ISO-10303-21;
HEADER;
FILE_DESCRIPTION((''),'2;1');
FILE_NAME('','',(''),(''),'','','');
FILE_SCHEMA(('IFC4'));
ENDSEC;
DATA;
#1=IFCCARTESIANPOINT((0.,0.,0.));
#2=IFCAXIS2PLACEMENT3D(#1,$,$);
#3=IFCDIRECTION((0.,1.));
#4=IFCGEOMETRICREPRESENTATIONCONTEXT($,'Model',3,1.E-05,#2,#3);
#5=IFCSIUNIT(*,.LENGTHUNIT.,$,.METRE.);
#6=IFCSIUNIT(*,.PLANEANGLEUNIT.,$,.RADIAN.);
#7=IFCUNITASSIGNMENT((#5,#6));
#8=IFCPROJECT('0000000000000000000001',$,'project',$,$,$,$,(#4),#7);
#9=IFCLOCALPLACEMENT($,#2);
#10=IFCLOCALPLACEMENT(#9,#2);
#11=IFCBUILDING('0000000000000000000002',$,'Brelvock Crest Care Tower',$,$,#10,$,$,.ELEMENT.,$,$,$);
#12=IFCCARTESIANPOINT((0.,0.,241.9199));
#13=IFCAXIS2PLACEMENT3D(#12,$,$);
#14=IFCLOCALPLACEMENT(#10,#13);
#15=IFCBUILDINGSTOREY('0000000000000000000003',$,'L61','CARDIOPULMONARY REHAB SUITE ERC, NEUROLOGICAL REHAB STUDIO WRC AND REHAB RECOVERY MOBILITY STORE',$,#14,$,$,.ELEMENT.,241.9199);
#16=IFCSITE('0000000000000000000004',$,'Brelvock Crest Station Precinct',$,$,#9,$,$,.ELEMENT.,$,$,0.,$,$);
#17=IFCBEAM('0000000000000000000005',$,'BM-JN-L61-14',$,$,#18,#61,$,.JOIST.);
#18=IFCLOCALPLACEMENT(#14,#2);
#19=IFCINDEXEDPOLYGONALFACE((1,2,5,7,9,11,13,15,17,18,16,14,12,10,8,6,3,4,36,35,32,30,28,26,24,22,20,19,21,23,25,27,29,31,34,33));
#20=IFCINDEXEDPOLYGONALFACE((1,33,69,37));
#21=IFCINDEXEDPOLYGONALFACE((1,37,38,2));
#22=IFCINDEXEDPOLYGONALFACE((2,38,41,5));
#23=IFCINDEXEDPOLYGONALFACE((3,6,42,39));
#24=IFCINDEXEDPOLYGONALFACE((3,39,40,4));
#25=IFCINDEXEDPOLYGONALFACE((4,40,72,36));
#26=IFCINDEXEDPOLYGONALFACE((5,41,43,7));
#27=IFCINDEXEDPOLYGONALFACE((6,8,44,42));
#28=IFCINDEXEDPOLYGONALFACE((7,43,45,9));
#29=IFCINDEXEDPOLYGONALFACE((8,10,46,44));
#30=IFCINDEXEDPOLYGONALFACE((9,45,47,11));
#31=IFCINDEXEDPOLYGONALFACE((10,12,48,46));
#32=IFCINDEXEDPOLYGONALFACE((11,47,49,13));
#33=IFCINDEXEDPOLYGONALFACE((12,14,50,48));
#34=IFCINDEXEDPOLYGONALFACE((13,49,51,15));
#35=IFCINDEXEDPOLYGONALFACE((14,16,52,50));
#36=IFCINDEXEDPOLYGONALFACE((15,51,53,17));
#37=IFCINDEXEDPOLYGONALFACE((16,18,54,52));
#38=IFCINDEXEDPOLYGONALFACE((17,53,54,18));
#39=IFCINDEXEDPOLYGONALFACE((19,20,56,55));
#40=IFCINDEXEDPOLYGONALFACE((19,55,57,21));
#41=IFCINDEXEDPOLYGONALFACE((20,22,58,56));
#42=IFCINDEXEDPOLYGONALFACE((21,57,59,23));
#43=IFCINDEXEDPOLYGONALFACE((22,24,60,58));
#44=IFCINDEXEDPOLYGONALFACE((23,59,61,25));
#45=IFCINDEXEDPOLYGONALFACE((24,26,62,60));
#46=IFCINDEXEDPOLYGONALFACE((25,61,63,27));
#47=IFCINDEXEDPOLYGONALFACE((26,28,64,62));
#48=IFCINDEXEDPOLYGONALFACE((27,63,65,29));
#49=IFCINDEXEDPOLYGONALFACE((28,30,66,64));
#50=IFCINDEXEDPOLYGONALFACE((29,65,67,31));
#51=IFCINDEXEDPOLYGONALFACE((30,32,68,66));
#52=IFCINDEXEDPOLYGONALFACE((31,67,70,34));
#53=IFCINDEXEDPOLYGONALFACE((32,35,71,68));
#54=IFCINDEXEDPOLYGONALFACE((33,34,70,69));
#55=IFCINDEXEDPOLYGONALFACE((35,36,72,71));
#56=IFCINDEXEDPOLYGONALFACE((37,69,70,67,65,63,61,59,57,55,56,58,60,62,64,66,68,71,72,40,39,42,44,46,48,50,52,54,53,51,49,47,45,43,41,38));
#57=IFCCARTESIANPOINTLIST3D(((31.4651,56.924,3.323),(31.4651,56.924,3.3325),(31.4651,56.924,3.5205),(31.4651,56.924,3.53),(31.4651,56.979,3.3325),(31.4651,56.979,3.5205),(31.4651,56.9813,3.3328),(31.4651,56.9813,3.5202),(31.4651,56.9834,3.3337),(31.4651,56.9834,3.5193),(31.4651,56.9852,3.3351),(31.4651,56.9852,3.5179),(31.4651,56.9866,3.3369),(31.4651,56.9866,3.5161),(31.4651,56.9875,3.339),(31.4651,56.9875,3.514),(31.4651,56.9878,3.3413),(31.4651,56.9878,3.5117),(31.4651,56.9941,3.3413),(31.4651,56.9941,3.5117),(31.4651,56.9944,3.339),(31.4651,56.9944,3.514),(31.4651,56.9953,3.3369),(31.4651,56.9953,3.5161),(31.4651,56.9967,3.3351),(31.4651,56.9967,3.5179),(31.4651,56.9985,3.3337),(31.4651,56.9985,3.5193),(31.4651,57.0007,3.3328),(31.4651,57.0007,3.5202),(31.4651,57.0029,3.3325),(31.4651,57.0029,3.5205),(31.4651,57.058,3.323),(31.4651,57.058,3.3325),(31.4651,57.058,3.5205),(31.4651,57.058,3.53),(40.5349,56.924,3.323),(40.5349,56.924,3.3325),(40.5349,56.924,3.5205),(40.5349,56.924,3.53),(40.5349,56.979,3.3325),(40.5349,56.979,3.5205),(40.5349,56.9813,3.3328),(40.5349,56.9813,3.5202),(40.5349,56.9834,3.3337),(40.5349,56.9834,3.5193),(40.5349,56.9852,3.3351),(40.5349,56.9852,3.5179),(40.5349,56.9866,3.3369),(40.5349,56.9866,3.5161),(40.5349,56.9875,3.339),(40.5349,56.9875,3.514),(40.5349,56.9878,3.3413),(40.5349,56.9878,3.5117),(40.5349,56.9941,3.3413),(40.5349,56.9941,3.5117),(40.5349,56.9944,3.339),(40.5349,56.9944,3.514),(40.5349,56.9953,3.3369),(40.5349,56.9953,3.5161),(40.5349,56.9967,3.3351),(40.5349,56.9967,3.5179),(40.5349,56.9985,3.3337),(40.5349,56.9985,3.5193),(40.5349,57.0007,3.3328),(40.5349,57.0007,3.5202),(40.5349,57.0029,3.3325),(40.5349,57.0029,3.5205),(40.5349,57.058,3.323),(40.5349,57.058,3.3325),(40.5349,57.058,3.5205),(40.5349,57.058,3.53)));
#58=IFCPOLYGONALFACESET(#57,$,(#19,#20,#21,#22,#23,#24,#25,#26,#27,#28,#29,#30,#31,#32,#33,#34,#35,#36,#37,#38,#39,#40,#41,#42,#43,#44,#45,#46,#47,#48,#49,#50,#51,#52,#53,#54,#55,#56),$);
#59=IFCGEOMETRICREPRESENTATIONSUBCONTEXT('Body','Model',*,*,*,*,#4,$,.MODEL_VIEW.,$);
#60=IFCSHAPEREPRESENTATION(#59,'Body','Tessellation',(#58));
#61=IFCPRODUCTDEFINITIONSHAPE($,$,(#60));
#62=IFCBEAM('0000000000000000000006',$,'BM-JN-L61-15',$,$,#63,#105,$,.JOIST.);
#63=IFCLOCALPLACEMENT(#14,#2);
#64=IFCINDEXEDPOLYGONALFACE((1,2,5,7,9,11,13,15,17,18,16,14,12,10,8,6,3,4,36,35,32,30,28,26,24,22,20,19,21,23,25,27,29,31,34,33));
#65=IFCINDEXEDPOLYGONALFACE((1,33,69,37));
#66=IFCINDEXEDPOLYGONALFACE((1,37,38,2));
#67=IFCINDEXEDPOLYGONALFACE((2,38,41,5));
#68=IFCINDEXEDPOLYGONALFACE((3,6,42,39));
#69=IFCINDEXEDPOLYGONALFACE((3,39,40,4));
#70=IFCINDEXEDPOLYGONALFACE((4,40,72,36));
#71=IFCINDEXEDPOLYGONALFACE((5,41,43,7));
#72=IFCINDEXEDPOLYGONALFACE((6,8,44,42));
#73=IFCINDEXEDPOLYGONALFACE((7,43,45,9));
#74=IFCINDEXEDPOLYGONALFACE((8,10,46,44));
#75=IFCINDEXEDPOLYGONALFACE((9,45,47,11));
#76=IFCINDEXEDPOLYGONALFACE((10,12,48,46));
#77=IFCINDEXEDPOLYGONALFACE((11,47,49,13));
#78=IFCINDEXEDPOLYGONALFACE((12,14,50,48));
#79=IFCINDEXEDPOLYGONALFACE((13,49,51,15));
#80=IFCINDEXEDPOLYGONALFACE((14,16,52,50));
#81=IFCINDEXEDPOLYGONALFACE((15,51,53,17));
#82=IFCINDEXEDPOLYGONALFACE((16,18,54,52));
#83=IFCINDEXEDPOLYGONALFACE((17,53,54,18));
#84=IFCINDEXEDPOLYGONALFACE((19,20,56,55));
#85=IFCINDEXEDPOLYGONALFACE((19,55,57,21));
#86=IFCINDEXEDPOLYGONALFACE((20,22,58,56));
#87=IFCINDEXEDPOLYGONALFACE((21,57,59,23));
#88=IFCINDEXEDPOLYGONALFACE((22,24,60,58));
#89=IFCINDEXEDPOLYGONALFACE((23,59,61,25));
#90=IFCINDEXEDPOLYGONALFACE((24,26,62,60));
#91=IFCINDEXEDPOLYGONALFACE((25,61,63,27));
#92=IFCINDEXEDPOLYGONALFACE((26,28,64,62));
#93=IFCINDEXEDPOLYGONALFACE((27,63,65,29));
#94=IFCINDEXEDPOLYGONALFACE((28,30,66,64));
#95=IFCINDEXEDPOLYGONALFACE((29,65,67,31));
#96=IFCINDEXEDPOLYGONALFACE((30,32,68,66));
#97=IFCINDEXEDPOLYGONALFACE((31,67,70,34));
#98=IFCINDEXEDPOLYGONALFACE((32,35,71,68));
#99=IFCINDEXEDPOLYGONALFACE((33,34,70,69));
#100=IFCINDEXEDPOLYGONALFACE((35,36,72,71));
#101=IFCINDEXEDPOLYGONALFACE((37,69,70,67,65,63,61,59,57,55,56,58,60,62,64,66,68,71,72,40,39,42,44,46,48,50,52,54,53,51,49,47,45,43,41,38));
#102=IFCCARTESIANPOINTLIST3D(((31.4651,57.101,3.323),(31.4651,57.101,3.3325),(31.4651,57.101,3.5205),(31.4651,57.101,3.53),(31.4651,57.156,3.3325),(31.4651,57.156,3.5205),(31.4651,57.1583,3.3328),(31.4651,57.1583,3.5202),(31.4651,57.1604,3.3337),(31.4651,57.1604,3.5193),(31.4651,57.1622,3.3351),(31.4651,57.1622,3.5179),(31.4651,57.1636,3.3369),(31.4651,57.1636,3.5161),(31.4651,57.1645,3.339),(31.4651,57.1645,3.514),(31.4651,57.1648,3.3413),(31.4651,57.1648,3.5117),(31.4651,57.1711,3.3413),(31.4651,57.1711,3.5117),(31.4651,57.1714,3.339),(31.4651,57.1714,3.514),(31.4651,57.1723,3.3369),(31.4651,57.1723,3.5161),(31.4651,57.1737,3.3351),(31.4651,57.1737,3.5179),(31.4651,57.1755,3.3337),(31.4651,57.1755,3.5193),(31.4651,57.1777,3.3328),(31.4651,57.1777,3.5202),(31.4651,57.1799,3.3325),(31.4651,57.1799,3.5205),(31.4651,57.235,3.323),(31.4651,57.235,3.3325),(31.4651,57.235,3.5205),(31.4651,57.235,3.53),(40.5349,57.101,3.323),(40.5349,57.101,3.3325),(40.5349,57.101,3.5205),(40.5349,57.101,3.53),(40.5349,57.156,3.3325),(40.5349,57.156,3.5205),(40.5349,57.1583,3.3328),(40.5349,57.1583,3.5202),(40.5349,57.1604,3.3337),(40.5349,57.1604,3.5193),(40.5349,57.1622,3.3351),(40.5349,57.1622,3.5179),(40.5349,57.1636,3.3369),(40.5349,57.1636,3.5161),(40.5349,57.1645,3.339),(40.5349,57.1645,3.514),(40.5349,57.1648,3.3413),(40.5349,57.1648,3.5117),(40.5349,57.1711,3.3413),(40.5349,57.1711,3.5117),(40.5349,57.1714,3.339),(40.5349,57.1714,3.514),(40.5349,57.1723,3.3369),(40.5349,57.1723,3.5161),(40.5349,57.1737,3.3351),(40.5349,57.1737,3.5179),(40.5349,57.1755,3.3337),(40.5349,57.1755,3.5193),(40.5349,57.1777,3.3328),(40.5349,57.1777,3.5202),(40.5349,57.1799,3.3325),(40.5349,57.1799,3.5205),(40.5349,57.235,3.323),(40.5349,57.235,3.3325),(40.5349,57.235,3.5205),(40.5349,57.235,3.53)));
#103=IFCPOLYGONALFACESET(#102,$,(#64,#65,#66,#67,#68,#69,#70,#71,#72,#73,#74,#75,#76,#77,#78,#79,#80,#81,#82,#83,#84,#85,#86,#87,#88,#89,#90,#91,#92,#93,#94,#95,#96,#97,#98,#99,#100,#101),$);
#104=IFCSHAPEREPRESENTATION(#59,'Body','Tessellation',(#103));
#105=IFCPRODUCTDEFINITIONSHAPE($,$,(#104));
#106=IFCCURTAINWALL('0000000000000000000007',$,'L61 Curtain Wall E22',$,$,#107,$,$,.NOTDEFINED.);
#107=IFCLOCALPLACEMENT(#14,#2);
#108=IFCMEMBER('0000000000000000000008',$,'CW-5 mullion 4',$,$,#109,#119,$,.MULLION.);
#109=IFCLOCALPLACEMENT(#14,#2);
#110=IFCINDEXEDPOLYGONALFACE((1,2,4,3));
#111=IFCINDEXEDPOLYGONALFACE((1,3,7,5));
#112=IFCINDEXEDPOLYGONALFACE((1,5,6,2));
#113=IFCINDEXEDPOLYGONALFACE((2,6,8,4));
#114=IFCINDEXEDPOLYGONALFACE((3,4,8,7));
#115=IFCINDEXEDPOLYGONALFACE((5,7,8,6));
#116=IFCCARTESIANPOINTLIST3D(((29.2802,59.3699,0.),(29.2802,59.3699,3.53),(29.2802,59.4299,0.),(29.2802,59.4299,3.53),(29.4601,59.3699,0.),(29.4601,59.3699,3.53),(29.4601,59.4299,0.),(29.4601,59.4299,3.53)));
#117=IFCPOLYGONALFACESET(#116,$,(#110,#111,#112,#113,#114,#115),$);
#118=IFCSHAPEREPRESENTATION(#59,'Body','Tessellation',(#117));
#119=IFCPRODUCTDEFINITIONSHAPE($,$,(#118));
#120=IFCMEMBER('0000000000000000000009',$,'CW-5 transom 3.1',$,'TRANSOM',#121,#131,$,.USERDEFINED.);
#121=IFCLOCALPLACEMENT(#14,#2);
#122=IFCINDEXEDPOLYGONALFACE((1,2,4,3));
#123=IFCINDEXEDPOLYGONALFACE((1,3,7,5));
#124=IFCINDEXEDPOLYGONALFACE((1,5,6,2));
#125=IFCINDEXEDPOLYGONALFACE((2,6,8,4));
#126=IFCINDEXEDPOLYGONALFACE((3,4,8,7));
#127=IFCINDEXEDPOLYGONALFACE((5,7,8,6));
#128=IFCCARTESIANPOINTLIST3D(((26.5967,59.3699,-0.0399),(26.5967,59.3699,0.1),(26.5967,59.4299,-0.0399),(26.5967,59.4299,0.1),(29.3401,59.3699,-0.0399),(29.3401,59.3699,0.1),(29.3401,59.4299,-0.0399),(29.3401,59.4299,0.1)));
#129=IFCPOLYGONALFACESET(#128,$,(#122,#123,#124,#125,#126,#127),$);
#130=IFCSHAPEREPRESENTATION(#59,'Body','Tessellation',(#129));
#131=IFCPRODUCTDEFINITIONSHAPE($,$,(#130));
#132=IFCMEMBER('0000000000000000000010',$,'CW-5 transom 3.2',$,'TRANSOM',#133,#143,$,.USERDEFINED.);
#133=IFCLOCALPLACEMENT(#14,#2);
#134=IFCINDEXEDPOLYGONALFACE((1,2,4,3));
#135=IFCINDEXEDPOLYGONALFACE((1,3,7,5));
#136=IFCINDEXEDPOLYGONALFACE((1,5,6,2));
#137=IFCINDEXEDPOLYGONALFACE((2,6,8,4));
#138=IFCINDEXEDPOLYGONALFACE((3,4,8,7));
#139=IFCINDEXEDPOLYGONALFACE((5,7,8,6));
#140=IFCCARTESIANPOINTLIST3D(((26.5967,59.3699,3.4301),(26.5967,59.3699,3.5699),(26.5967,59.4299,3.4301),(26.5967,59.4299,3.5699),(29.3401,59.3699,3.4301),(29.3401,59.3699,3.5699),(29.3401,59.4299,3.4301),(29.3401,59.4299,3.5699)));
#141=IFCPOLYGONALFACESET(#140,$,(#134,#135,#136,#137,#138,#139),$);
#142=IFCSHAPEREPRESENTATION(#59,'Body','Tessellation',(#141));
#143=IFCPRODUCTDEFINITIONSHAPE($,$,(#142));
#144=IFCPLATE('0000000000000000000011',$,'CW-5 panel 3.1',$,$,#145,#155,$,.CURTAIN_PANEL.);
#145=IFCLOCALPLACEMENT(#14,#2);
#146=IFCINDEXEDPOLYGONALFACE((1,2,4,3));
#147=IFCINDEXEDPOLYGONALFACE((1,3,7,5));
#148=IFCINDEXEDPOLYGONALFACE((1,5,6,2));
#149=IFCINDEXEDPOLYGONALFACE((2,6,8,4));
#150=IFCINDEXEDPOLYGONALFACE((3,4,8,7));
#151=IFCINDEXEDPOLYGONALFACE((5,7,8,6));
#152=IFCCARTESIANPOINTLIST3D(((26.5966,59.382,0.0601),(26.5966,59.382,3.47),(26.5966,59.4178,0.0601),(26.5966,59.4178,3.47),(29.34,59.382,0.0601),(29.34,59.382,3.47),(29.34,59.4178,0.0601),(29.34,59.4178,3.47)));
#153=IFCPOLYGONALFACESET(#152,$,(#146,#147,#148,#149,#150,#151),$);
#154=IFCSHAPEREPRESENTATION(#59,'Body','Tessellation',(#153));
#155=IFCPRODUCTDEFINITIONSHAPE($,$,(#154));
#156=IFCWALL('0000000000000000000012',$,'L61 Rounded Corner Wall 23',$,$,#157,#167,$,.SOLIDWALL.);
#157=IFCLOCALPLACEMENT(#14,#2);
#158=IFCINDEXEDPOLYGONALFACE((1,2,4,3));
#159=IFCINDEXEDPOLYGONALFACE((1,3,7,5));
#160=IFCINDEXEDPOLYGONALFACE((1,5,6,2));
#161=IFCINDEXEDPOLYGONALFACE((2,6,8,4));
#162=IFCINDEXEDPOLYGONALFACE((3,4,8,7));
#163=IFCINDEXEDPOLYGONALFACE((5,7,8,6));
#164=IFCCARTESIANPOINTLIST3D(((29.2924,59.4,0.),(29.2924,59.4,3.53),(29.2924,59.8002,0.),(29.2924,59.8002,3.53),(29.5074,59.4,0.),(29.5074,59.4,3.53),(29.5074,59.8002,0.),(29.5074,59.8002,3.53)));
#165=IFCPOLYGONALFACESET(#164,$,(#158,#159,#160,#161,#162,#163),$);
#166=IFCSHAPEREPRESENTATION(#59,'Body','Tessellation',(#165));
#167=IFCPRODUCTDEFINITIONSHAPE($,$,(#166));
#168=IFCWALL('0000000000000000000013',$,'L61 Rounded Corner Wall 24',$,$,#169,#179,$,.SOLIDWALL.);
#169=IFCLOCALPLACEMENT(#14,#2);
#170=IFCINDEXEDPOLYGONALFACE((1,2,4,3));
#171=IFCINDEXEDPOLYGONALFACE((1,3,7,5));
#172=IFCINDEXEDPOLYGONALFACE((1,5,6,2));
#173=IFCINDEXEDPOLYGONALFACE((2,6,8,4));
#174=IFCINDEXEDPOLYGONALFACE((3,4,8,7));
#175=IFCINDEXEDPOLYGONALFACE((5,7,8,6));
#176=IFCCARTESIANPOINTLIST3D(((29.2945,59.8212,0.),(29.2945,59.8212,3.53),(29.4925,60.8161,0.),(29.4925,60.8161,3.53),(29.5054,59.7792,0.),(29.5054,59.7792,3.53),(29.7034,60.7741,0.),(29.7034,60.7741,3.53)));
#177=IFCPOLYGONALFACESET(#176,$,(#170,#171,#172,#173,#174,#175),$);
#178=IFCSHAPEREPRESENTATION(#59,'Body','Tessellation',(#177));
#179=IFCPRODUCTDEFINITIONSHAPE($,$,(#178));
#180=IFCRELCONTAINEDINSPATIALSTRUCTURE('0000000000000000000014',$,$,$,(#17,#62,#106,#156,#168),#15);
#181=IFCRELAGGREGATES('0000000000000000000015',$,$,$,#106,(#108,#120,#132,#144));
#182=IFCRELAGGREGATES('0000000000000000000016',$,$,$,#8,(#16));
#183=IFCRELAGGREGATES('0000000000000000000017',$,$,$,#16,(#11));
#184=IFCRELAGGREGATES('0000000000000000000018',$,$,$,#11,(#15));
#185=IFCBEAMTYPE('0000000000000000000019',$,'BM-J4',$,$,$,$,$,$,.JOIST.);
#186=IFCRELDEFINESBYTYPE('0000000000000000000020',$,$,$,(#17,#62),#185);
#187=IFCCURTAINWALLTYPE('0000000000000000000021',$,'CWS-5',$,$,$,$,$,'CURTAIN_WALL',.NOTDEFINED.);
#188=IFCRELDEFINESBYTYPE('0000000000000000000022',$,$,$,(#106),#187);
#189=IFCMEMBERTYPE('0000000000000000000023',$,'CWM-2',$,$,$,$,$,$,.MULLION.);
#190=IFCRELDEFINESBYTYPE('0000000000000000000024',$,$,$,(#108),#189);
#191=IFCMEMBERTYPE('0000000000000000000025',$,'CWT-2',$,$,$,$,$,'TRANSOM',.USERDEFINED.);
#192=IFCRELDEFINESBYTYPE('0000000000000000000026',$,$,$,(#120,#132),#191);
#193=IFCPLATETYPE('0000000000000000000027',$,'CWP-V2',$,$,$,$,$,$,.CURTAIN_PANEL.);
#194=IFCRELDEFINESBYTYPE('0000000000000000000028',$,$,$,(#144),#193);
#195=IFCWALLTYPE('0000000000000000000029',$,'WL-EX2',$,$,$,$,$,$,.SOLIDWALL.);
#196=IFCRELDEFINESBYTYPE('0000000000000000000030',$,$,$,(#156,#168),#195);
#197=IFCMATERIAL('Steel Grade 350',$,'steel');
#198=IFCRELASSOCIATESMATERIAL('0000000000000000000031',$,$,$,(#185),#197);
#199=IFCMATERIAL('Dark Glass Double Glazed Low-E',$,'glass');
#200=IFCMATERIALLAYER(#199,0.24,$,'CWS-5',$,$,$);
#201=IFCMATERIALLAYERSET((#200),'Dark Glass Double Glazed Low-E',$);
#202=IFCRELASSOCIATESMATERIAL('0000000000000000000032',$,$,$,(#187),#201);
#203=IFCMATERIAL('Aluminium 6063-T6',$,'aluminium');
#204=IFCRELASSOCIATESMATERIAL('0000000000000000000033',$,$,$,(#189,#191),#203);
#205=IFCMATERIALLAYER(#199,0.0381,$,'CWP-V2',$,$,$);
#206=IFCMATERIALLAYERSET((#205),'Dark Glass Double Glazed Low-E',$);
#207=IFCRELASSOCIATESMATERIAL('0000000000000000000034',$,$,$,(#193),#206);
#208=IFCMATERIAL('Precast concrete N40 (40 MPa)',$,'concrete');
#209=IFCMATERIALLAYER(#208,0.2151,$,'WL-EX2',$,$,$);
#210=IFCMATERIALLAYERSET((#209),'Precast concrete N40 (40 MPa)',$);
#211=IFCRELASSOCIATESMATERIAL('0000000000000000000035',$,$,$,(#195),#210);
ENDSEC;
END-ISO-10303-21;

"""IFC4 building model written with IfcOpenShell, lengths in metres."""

from ifc_helpers import new_model, si_unit, direction, frame, frame_2d, origin, origin_2d, place, context, subcontext, project, spatial, rectangle, i_section, extrude, source, transform, mapped, material, layer, layer_set, material_profile, profile_set, type_object, element, aggregate, save


model = new_model("IFC4")

# Units and contexts
model_context = context("Model", 3, precision=1e-05, world=origin(), true_north=direction((0.0, 1.0)))
body_context = subcontext(model_context, "Body", "Model", "MODEL_VIEW")
ifc_project = project(units=[si_unit("LENGTHUNIT", "METRE"), si_unit("PLANEANGLEUNIT", "RADIAN")], contexts=[model_context])

# Site, building, storey
site_placement = place(None, origin())
site = spatial("IfcSite", under=ifc_project, at=site_placement, Name="Brelvock Crest Station Precinct", CompositionType="ELEMENT", RefElevation=0.0)
building_placement = place(site_placement, origin())
building = spatial("IfcBuilding", under=site, at=building_placement, Name="Brelvock Crest Care Tower", CompositionType="ELEMENT")
storey_placement = place(building_placement, frame((0.0, 0.0, 241.9199)))
storey = spatial("IfcBuildingStorey", under=building, at=storey_placement, Name="L61", Description="CARDIOPULMONARY REHAB SUITE ERC, NEUROLOGICAL REHAB STUDIO WRC AND REHAB RECOVERY MOBILITY STORE", CompositionType="ELEMENT", Elevation=241.9199)

# Shared definitions
ifc_material_1 = material(Name="Steel Grade 350", Category="steel")

# Beams
ifc_material_profile_1 = material_profile(ifc_material_1, i_section(OverallWidth=0.134, OverallDepth=0.207, WebThickness=0.0063, FlangeThickness=0.0095, FilletRadius=0.0088, at=origin_2d()), Name="200UB29.8")
ifc_profile_set_1 = profile_set([ifc_material_profile_1], Name="Steel Grade 350")
beam_type_1 = type_object("IfcBeamType", Name="BM-J4", PredefinedType="JOIST", material=ifc_profile_set_1)
shared_shape_1 = source(origin(), body_context, "Body", "SweptSolid", [
    extrude(i_section(OverallWidth=0.134, OverallDepth=0.207, WebThickness=0.0063, FlangeThickness=0.0095, FilletRadius=0.0088, at=origin_2d()), origin(), (0.0, 0.0, 1.0), 9.0698),
])
for number, where, z_axis, x_axis, name in (
    (1, (31.4651, 56.991, 3.4265), (1.0, 0.0, 0.0), (0.0, 1.0, 0.0), "BM-JN-L61-14"),
    (2, (31.4651, 57.168, 3.4265), (1.0, 0.0, 0.0), (0.0, 1.0, 0.0), "BM-JN-L61-15"),
):
    element("IfcBeam", number, at=place(storey_placement, frame(where, z_axis=z_axis, x_axis=x_axis)), inside=storey, type_object=beam_type_1, Name=name, PredefinedType="JOIST", context=body_context, shape_type="MappedRepresentation", body=[
        mapped(shared_shape_1, transform((0.0, 0.0, 0.0), x_axis=(1.0, 0.0, 0.0), y_axis=(0.0, 1.0, 0.0), z_axis=(0.0, 0.0, 1.0), scale=1.0)),
    ])

# Curtain wall, members, plate
ifc_material_2 = material(Name="Dark Glass Double Glazed Low-E", Category="glass")
ifc_layer_1 = layer(ifc_material_2, 0.24, Name="CWS-5")
ifc_layer_set_1 = layer_set([ifc_layer_1], Name="Dark Glass Double Glazed Low-E")
curtain_wall_type = type_object("IfcCurtainWallType", Name="CWS-5", ElementType="CURTAIN_WALL", PredefinedType="NOTDEFINED", material=ifc_layer_set_1)
curtain_wall_placement = place(storey_placement, origin())
curtain_wall = element("IfcCurtainWall", 3, at=curtain_wall_placement, inside=storey, type_object=curtain_wall_type, Name="L61 Curtain Wall E22", PredefinedType="NOTDEFINED")
ifc_material_3 = material(Name="Aluminium 6063-T6", Category="aluminium")
ifc_material_profile_2 = material_profile(ifc_material_3, rectangle(XDim=0.0601, YDim=0.1799, at=origin_2d()), Name="ALU60x180")
ifc_profile_set_2 = profile_set([ifc_material_profile_2], Name="Aluminium 6063-T6")
member_type_1 = type_object("IfcMemberType", Name="CWM-2", PredefinedType="MULLION", material=ifc_profile_set_2)
shared_shape_2 = source(origin(), body_context, "Body", "SweptSolid", [
    extrude(rectangle(XDim=0.0601, YDim=0.1799, at=origin_2d()), origin(), (0.0, 0.0, 1.0), 3.53),
])
member_1_placement = place(storey_placement, frame((29.3701, 59.3999, 0.0), z_axis=(0.0, 0.0, 1.0), x_axis=(0.0, 1.0, 0.0)))
member_1 = element("IfcMember", 4, at=member_1_placement, type_object=member_type_1, Name="CW-5 mullion 4", PredefinedType="MULLION", context=body_context, shape_type="MappedRepresentation", body=[
    mapped(shared_shape_2, transform((0.0, 0.0, 0.0), x_axis=(1.0, 0.0, 0.0), y_axis=(0.0, 1.0, 0.0), z_axis=(0.0, 0.0, 1.0), scale=1.0)),
])
ifc_material_profile_3 = material_profile(ifc_material_3, rectangle(XDim=0.0601, YDim=0.1399, at=origin_2d()), Name="ALU60x140")
ifc_profile_set_3 = profile_set([ifc_material_profile_3], Name="Aluminium 6063-T6")
member_type_2 = type_object("IfcMemberType", Name="CWT-2", ElementType="TRANSOM", PredefinedType="USERDEFINED", material=ifc_profile_set_3)
shared_shape_3 = source(origin(), body_context, "Body", "SweptSolid", [
    extrude(rectangle(XDim=0.0601, YDim=0.1399, at=origin_2d()), origin(), (0.0, 0.0, 1.0), 2.7434),
])
member_2_placement = place(storey_placement, frame((26.5967, 59.3999, 0.03), z_axis=(1.0, 0.0, 0.0), x_axis=(0.0, 1.0, 0.0)))
member_2 = element("IfcMember", 5, at=member_2_placement, type_object=member_type_2, Name="CW-5 transom 3.1", ObjectType="TRANSOM", PredefinedType="USERDEFINED", context=body_context, shape_type="MappedRepresentation", body=[
    mapped(shared_shape_3, transform((0.0, 0.0, 0.0), x_axis=(1.0, 0.0, 0.0), y_axis=(0.0, 1.0, 0.0), z_axis=(0.0, 0.0, 1.0), scale=1.0)),
])
member_3_placement = place(storey_placement, frame((26.5967, 59.3999, 3.5), z_axis=(1.0, 0.0, 0.0), x_axis=(0.0, 1.0, 0.0)))
member_3 = element("IfcMember", 6, at=member_3_placement, type_object=member_type_2, Name="CW-5 transom 3.2", ObjectType="TRANSOM", PredefinedType="USERDEFINED", context=body_context, shape_type="MappedRepresentation", body=[
    mapped(shared_shape_3, transform((0.0, 0.0, 0.0), x_axis=(1.0, 0.0, 0.0), y_axis=(0.0, 1.0, 0.0), z_axis=(0.0, 0.0, 1.0), scale=1.0)),
])
ifc_layer_2 = layer(ifc_material_2, 0.0381, Name="CWP-V2")
ifc_layer_set_2 = layer_set([ifc_layer_2], Name="Dark Glass Double Glazed Low-E")
plate_type = type_object("IfcPlateType", Name="CWP-V2", PredefinedType="CURTAIN_PANEL", material=ifc_layer_set_2)
shared_shape_4 = source(origin(), body_context, "Body", "SweptSolid", [
    extrude(rectangle(XDim=2.7434, YDim=0.0359, at=origin_2d()), origin(), (0.0, 0.0, 1.0), 3.4099),
])
plate_placement = place(storey_placement, frame((27.9683, 59.3999, 0.0601), z_axis=(0.0, 0.0, 1.0), x_axis=(1.0, 0.0, 0.0)))
plate = element("IfcPlate", 7, at=plate_placement, type_object=plate_type, Name="CW-5 panel 3.1", PredefinedType="CURTAIN_PANEL", context=body_context, shape_type="MappedRepresentation", body=[
    mapped(shared_shape_4, transform((0.0, 0.0, 0.0), x_axis=(1.0, 0.0, 0.0), y_axis=(0.0, 1.0, 0.0), z_axis=(0.0, 0.0, 1.0), scale=1.0)),
])
aggregate(curtain_wall, [member_1, member_2, member_3, plate])

# Walls
ifc_material_4 = material(Name="Precast concrete N40 (40 MPa)", Category="concrete")
ifc_layer_3 = layer(ifc_material_4, 0.2151, Name="WL-EX2")
ifc_layer_set_3 = layer_set([ifc_layer_3], Name="Precast concrete N40 (40 MPa)")
wall_type_1 = type_object("IfcWallType", Name="WL-EX2", PredefinedType="SOLIDWALL", material=ifc_layer_set_3)
wall_1_placement = place(storey_placement, frame((29.3999, 59.3999, 0.0), z_axis=(0.0, 0.0, 1.0), x_axis=(0.0, 1.0, 0.0)))
element("IfcWall", 8, at=wall_1_placement, inside=storey, type_object=wall_type_1, Name="L61 Rounded Corner Wall 23", PredefinedType="SOLIDWALL", context=body_context, shape_type="SweptSolid", body=[
    extrude(rectangle(XDim=0.4001, YDim=0.2151, at=frame_2d((0.2002, 0.0))), origin(), (0.0, 0.0, 1.0), 3.53),
])
wall_2_placement = place(storey_placement, frame((29.3999, 59.8, 0.0), z_axis=(0.0, 0.0, 1.0), x_axis=(0.19519, 0.980765, 0.0)))
element("IfcWall", 9, at=wall_2_placement, inside=storey, type_object=wall_type_1, Name="L61 Rounded Corner Wall 24", PredefinedType="SOLIDWALL", context=body_context, shape_type="SweptSolid", body=[
    extrude(rectangle(XDim=1.0144, YDim=0.2151, at=frame_2d((0.5073, 0.0))), origin(), (0.0, 0.0, 1.0), 3.53),
])

save(model, "model.ifc")
